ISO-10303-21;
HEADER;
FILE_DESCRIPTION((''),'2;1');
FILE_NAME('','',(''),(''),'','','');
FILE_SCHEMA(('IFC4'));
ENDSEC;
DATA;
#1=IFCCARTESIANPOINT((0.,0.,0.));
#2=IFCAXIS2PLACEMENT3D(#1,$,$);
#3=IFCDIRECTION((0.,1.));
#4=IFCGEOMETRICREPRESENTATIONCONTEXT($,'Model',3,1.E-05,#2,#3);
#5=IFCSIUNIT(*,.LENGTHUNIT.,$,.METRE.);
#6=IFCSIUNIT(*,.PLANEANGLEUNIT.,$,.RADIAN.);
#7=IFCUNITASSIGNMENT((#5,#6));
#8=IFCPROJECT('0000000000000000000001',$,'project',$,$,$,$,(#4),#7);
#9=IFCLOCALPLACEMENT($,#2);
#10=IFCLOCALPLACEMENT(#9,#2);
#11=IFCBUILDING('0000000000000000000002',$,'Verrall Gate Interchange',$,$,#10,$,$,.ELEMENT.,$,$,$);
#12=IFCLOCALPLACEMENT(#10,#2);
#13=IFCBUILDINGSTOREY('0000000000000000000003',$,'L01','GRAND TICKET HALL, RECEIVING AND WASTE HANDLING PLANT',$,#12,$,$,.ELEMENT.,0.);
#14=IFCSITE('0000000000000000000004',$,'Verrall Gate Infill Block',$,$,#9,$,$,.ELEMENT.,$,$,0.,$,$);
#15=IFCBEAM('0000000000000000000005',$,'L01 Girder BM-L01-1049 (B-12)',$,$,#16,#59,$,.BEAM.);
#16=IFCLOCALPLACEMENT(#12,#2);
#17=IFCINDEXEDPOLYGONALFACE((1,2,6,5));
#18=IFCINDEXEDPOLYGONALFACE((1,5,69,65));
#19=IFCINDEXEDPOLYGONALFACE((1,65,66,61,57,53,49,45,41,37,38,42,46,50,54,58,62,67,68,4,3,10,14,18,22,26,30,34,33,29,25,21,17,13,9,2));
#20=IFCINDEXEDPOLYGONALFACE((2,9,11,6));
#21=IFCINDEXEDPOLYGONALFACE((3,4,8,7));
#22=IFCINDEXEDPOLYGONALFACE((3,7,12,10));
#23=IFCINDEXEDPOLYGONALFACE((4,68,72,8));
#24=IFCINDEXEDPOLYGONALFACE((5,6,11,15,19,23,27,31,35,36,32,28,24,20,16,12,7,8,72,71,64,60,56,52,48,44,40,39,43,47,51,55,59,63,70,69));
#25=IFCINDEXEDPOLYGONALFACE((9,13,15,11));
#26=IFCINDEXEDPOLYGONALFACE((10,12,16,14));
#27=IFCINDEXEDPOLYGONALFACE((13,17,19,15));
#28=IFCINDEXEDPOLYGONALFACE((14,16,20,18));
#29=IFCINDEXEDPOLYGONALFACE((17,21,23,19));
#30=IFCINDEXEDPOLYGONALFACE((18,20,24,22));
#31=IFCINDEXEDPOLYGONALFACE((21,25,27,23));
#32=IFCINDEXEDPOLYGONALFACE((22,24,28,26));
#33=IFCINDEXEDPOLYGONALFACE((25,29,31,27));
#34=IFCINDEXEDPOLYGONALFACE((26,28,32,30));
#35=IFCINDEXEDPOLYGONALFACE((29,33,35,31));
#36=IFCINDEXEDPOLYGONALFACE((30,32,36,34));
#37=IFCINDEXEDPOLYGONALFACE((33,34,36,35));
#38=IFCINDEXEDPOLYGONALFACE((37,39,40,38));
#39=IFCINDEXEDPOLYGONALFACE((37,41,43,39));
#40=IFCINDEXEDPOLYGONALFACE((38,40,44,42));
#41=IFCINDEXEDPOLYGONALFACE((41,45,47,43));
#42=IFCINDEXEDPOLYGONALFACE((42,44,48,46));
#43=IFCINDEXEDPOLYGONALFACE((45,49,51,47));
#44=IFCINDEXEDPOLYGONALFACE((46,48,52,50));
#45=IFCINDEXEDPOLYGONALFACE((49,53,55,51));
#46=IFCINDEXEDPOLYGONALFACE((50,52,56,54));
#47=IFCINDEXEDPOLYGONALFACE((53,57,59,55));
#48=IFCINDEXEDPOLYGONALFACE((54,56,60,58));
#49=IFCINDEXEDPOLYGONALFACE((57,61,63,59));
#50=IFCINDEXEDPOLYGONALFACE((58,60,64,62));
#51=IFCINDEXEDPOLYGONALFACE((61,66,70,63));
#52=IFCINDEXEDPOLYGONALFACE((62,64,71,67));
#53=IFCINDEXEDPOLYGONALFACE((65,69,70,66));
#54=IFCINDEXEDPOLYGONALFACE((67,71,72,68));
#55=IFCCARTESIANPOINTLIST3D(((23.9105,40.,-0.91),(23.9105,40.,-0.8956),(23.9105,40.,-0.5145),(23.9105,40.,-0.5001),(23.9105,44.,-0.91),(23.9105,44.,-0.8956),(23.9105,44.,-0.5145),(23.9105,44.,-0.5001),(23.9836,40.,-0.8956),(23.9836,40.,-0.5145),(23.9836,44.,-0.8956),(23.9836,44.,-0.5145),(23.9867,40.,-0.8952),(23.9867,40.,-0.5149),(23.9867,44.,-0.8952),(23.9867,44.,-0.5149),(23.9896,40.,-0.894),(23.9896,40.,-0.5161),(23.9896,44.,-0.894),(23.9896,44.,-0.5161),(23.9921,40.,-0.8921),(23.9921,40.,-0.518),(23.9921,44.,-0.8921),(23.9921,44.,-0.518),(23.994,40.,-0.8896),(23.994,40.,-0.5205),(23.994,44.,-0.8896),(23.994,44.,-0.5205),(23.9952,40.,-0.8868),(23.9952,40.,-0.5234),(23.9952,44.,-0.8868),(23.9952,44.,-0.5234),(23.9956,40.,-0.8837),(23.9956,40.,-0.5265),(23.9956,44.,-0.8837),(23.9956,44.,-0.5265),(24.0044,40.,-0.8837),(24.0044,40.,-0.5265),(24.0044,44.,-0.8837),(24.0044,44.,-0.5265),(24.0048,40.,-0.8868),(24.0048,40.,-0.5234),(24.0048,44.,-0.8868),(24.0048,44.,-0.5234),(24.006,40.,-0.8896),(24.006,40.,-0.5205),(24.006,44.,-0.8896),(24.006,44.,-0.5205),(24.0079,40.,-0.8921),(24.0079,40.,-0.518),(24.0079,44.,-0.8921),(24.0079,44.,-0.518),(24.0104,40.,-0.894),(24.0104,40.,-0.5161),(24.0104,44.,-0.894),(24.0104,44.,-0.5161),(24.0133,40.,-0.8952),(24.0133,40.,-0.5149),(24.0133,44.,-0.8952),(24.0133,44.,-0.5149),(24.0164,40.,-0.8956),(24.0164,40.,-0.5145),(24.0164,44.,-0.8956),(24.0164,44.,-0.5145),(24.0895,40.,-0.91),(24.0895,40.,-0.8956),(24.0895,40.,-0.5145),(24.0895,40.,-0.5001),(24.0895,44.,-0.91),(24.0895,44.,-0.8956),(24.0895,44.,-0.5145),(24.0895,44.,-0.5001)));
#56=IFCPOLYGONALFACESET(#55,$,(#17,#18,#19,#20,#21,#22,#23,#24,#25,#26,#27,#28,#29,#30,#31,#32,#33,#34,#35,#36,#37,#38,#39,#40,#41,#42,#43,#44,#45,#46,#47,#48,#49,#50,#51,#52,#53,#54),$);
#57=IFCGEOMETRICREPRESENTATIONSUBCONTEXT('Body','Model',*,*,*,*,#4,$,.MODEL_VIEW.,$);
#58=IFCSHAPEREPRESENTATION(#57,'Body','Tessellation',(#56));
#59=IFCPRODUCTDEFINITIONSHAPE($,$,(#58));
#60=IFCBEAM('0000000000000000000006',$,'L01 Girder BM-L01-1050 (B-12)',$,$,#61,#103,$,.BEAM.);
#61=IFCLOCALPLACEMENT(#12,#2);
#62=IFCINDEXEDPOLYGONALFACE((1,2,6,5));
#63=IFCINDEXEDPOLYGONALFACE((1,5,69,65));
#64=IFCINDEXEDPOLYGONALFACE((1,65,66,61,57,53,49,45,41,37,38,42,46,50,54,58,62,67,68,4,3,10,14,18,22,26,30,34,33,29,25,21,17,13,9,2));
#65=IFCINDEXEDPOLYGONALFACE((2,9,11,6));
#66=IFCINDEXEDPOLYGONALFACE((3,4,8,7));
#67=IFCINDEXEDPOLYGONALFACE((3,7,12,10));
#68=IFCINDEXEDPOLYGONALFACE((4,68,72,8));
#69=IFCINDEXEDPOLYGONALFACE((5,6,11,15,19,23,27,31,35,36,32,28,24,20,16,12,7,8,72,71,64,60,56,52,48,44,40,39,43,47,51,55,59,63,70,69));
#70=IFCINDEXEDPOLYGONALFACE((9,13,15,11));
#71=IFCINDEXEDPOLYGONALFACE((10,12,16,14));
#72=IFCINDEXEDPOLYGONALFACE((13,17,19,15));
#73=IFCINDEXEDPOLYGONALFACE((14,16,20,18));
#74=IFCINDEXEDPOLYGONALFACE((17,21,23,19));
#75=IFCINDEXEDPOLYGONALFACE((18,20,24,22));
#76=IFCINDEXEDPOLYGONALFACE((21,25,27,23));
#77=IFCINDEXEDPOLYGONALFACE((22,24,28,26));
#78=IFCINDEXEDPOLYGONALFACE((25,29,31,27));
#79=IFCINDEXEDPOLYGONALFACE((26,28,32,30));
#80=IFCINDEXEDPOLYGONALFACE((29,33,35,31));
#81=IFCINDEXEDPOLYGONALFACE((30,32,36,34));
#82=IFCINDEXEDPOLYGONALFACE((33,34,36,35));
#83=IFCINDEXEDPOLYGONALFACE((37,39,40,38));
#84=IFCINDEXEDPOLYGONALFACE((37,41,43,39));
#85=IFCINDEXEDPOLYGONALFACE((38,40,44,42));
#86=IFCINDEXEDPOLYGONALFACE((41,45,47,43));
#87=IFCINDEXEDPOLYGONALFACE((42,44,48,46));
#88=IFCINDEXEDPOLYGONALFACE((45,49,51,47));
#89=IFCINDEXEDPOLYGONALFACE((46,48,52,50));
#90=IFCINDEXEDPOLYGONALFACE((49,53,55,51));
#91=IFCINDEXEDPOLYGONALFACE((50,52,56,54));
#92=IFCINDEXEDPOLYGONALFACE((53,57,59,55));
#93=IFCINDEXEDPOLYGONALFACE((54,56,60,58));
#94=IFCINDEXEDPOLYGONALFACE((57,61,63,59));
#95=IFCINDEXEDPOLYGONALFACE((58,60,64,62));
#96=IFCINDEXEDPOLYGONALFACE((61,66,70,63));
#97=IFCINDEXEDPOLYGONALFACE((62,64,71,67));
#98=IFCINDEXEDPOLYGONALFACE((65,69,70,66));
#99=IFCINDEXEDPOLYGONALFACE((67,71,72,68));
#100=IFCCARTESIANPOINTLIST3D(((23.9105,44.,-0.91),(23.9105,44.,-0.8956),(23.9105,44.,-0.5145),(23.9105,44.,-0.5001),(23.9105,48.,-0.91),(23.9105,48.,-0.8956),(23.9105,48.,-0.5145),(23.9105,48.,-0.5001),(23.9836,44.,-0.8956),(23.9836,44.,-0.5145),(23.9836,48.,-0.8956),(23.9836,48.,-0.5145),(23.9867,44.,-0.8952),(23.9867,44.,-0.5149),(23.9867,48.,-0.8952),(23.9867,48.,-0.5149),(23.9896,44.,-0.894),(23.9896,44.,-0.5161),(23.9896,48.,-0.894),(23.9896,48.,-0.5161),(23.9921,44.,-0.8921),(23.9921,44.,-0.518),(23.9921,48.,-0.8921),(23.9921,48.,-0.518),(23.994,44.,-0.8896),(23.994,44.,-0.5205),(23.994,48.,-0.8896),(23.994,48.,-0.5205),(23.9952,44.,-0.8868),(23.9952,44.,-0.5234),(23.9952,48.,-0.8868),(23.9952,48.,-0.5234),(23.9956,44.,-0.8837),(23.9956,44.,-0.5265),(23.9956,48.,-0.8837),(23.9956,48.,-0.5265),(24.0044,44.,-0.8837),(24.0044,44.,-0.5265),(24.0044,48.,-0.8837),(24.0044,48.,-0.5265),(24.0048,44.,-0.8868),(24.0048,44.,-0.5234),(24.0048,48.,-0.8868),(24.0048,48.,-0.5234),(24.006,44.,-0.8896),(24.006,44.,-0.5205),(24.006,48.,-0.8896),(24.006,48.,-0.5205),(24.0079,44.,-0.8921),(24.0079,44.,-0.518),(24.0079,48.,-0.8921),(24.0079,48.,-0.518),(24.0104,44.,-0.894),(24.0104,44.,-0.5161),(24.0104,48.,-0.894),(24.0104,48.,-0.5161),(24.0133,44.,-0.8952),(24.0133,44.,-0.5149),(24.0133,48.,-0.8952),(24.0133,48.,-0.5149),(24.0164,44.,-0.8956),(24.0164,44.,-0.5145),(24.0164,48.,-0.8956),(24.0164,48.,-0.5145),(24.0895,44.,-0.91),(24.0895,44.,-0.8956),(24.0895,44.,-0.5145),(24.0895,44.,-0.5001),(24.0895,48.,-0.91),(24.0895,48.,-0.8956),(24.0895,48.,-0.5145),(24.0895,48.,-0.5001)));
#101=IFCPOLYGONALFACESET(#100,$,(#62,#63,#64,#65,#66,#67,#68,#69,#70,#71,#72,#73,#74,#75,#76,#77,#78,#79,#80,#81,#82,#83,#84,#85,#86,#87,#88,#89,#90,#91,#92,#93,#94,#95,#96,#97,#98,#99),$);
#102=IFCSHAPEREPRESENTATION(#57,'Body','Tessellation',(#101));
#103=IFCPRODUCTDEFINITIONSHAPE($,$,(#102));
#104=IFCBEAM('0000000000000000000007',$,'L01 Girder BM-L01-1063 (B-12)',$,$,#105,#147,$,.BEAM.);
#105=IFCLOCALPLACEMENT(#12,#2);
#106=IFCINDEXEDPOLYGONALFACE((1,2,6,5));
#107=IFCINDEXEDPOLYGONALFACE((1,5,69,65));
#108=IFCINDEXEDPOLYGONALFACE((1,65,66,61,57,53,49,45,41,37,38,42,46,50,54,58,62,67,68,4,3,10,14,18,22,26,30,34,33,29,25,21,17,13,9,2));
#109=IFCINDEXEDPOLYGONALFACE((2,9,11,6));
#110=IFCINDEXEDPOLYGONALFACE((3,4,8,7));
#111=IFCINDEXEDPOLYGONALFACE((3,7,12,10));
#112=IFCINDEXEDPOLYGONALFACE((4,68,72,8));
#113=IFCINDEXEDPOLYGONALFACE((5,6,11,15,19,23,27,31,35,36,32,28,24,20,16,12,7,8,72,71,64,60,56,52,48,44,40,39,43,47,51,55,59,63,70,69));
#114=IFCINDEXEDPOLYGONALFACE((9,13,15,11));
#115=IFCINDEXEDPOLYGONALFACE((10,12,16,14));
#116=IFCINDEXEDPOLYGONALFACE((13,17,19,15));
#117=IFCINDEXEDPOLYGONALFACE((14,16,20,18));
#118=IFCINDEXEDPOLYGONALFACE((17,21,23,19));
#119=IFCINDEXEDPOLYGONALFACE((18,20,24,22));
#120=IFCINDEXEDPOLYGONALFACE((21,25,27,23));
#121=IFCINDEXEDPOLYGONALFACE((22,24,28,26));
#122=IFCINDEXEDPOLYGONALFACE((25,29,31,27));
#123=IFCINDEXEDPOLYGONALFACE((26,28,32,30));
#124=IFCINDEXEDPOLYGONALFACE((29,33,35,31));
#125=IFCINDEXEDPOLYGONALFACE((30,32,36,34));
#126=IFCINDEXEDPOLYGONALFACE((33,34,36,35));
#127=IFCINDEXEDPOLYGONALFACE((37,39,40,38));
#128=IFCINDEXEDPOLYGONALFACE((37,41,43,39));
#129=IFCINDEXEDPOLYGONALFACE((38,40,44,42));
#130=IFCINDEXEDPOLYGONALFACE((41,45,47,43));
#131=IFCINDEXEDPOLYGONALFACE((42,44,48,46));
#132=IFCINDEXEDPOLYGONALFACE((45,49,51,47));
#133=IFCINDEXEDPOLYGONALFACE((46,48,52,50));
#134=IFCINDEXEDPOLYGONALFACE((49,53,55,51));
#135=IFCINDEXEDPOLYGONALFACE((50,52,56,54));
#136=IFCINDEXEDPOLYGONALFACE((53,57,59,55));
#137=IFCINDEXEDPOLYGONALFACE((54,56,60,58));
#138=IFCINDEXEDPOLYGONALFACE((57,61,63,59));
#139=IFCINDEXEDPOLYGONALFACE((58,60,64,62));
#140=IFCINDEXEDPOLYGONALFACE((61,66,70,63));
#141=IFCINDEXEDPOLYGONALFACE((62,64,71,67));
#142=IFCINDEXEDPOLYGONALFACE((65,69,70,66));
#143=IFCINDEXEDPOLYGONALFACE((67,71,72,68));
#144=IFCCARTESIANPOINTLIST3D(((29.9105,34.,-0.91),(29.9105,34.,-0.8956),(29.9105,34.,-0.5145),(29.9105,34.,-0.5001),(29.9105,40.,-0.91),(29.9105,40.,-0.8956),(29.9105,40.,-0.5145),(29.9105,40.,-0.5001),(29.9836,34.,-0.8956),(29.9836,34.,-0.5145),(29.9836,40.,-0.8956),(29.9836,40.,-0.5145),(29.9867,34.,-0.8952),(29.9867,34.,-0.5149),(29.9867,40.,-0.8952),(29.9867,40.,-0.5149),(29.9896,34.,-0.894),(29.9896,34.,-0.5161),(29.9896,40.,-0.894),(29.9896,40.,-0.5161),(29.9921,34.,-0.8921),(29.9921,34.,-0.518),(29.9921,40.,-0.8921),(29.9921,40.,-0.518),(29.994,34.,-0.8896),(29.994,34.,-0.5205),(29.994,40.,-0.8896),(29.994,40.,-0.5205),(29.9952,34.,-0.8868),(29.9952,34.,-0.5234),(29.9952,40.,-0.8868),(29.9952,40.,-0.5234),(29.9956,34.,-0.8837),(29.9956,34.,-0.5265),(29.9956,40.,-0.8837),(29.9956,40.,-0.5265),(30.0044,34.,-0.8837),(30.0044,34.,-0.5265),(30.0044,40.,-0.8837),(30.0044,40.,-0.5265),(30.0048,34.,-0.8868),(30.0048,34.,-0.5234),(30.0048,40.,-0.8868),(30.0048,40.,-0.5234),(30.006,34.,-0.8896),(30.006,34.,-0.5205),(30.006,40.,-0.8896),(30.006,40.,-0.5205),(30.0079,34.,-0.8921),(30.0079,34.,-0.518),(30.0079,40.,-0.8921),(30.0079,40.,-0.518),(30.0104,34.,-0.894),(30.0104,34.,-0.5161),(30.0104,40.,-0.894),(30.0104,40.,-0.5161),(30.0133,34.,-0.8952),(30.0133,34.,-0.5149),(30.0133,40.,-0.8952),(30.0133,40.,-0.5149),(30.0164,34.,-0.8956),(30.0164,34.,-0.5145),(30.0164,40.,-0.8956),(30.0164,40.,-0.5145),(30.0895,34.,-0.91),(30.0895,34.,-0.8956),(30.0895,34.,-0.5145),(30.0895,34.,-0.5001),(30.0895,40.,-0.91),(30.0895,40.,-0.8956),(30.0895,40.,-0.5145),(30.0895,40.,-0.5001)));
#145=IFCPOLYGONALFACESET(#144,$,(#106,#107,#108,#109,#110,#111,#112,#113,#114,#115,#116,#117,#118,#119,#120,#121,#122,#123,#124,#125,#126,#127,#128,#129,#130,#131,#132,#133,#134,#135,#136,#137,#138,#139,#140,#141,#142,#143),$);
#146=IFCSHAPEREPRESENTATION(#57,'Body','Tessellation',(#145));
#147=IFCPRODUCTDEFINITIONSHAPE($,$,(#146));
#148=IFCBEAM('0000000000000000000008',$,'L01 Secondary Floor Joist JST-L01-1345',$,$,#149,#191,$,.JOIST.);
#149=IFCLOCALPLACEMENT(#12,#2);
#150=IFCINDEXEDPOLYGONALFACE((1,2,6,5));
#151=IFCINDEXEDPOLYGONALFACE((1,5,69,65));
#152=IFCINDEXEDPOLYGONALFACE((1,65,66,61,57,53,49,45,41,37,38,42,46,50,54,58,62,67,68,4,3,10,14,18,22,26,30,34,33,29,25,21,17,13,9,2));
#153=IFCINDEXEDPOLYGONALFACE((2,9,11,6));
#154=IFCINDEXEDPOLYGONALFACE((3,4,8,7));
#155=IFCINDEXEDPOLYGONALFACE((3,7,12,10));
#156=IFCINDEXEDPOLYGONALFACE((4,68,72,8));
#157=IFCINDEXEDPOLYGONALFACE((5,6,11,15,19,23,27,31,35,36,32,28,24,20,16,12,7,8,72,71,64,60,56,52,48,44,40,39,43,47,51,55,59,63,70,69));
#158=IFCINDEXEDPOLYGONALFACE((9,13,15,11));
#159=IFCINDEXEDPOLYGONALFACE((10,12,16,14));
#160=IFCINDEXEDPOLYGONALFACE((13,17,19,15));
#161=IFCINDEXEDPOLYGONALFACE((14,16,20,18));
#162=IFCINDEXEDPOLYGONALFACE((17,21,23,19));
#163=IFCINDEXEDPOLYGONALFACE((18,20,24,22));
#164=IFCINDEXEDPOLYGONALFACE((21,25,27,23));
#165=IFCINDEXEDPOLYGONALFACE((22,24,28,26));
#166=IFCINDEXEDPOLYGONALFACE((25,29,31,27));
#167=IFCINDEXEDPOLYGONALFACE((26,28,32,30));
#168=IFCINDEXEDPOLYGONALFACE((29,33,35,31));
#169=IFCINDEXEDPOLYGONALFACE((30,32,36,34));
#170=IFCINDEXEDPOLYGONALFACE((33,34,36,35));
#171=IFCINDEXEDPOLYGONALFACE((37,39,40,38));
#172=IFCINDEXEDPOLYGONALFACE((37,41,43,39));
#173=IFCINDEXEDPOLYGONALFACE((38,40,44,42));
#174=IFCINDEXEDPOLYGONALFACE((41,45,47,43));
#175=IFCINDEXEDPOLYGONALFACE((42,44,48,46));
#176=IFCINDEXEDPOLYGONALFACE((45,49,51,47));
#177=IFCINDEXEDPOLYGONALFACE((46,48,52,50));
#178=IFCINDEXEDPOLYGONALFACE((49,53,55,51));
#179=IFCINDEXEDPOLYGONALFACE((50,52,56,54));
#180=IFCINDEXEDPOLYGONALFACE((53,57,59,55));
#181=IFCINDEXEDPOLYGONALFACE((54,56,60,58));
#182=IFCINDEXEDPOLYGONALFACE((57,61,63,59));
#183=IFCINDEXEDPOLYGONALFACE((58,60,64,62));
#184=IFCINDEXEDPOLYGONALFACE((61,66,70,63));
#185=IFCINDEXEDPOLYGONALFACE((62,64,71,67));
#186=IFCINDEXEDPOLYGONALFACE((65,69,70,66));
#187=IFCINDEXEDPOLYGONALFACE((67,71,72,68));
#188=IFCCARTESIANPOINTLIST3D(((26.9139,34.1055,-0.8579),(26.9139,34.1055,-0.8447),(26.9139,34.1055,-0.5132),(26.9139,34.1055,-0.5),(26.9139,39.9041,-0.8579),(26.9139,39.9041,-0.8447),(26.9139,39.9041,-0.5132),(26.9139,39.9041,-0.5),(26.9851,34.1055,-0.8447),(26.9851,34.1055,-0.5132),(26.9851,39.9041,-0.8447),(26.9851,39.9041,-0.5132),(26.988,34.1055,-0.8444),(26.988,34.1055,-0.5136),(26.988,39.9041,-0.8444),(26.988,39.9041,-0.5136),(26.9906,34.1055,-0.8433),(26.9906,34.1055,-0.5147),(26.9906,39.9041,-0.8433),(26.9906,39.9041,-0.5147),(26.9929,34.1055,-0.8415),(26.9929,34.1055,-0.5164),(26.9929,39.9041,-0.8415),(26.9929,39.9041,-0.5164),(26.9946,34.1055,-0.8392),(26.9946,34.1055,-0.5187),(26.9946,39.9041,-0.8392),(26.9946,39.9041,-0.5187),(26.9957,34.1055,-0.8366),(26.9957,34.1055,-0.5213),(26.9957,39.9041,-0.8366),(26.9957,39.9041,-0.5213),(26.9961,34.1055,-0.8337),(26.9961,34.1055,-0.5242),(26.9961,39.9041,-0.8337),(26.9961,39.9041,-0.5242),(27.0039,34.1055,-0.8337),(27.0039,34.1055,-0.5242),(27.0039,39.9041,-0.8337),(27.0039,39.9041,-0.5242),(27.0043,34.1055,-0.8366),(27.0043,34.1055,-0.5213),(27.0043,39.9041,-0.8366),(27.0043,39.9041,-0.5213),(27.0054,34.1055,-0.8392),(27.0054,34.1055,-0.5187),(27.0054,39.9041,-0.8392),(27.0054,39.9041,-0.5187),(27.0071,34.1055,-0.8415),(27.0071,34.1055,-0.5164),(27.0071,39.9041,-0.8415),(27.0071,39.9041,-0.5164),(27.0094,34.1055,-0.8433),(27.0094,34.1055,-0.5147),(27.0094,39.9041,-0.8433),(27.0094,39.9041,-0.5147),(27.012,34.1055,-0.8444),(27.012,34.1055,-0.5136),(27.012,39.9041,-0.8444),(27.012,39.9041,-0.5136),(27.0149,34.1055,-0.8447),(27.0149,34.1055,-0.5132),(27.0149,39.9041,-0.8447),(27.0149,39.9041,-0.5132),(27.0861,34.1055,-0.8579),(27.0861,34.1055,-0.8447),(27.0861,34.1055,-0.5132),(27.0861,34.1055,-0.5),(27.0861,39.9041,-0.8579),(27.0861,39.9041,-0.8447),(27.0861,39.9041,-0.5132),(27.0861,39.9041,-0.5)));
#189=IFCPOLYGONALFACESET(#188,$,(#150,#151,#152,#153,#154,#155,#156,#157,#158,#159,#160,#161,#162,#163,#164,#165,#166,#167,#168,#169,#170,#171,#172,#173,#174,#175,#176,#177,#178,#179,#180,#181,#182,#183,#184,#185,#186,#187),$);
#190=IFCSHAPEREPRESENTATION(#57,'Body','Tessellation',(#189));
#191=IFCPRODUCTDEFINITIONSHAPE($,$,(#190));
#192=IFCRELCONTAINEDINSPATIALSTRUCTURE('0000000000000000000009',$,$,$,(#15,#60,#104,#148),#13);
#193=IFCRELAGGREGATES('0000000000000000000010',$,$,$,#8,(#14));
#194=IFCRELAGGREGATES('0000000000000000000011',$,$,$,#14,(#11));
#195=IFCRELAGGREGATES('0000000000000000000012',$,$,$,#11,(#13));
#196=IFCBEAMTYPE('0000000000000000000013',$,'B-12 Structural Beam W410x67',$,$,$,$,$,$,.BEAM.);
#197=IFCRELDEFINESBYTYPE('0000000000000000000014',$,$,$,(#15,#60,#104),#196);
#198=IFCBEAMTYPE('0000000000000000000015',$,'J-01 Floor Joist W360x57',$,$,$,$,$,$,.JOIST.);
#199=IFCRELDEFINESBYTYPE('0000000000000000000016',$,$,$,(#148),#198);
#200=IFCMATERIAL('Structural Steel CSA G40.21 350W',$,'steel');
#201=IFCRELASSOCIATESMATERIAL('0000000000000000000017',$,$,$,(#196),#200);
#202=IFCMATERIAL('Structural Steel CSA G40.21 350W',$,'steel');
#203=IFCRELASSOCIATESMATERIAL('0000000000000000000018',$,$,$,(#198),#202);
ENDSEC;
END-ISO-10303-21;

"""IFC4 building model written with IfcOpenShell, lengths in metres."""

from ifc_helpers import new_model, si_unit, direction, frame, origin, origin_2d, place, context, subcontext, project, spatial, i_section, extrude, material, material_profile, profile_set, type_object, element, save


model = new_model("IFC4")

# Units and contexts
model_context = context("Model", 3, precision=1e-05, world=origin(), true_north=direction((0.0, 1.0)))
body_context = subcontext(model_context, "Body", "Model", "MODEL_VIEW")
ifc_project = project(units=[si_unit("LENGTHUNIT", "METRE"), si_unit("PLANEANGLEUNIT", "RADIAN")], contexts=[model_context])

# Site, building, storey
site_placement = place(None, origin())
site = spatial("IfcSite", under=ifc_project, at=site_placement, Name="Verrall Gate Infill Block", CompositionType="ELEMENT", RefElevation=0.0)
building_placement = place(site_placement, origin())
building = spatial("IfcBuilding", under=site, at=building_placement, Name="Verrall Gate Interchange", CompositionType="ELEMENT")
storey_placement = place(building_placement, origin())
storey = spatial("IfcBuildingStorey", under=building, at=storey_placement, Name="L01", Description="GRAND TICKET HALL, RECEIVING AND WASTE HANDLING PLANT", CompositionType="ELEMENT", Elevation=0.0)

# Beams
ifc_material_1 = material(Name="Structural Steel CSA G40.21 350W", Category="steel")
ifc_material_profile_1 = material_profile(ifc_material_1, i_section(OverallWidth=0.179, OverallDepth=0.4099, WebThickness=0.0088, FlangeThickness=0.0144, FilletRadius=0.012, at=origin_2d()), Name="W410x67")
ifc_profile_set_1 = profile_set([ifc_material_profile_1], Name="Structural Steel CSA G40.21 350W")
beam_type_1 = type_object("IfcBeamType", Name="B-12 Structural Beam W410x67", PredefinedType="BEAM", material=ifc_profile_set_1)
for number, where, z_axis, x_axis, name in (
    (1, (24.0, 40.0, -0.7051), (0.0, 1.0, 0.0), (-1.0, 0.0, 0.0), "L01 Girder BM-L01-1049 (B-12)"),
    (2, (24.0, 44.0, -0.7051), (0.0, 1.0, 0.0), (-1.0, 0.0, 0.0), "L01 Girder BM-L01-1050 (B-12)"),
):
    element("IfcBeam", number, at=place(storey_placement, frame(where, z_axis=z_axis, x_axis=x_axis)), inside=storey, type_object=beam_type_1, Name=name, PredefinedType="BEAM", context=body_context, shape_type="SweptSolid", body=[
        extrude(i_section(OverallWidth=0.179, OverallDepth=0.4099, WebThickness=0.0088, FlangeThickness=0.0144, FilletRadius=0.012, at=origin_2d()), origin(), (0.0, 0.0, 1.0), 4.0),
    ])
beam_1_placement = place(storey_placement, frame((30.0, 34.0, -0.7051), z_axis=(0.0, 1.0, 0.0), x_axis=(-1.0, 0.0, 0.0)))
element("IfcBeam", 3, at=beam_1_placement, inside=storey, type_object=beam_type_1, Name="L01 Girder BM-L01-1063 (B-12)", PredefinedType="BEAM", context=body_context, shape_type="SweptSolid", body=[
    extrude(i_section(OverallWidth=0.179, OverallDepth=0.4099, WebThickness=0.0088, FlangeThickness=0.0144, FilletRadius=0.012, at=origin_2d()), origin(), (0.0, 0.0, 1.0), 6.0),
])
ifc_material_2 = material(Name="Structural Steel CSA G40.21 350W", Category="steel")
ifc_material_profile_2 = material_profile(ifc_material_2, i_section(OverallWidth=0.1721, OverallDepth=0.3579, WebThickness=0.0078, FlangeThickness=0.0132, FilletRadius=0.011, at=origin_2d()), Name="W360x57")
ifc_profile_set_2 = profile_set([ifc_material_profile_2], Name="Structural Steel CSA G40.21 350W")
beam_type_2 = type_object("IfcBeamType", Name="J-01 Floor Joist W360x57", PredefinedType="JOIST", material=ifc_profile_set_2)
beam_2_placement = place(storey_placement, frame((27.0, 34.1055, -0.679), z_axis=(0.0, 1.0, 0.0), x_axis=(-1.0, 0.0, 0.0)))
element("IfcBeam", 4, at=beam_2_placement, inside=storey, type_object=beam_type_2, Name="L01 Secondary Floor Joist JST-L01-1345", PredefinedType="JOIST", context=body_context, shape_type="SweptSolid", body=[
    extrude(i_section(OverallWidth=0.1721, OverallDepth=0.3579, WebThickness=0.0078, FlangeThickness=0.0132, FilletRadius=0.011, at=origin_2d()), origin(), (0.0, 0.0, 1.0), 5.7986),
])

save(model, "model.ifc")
